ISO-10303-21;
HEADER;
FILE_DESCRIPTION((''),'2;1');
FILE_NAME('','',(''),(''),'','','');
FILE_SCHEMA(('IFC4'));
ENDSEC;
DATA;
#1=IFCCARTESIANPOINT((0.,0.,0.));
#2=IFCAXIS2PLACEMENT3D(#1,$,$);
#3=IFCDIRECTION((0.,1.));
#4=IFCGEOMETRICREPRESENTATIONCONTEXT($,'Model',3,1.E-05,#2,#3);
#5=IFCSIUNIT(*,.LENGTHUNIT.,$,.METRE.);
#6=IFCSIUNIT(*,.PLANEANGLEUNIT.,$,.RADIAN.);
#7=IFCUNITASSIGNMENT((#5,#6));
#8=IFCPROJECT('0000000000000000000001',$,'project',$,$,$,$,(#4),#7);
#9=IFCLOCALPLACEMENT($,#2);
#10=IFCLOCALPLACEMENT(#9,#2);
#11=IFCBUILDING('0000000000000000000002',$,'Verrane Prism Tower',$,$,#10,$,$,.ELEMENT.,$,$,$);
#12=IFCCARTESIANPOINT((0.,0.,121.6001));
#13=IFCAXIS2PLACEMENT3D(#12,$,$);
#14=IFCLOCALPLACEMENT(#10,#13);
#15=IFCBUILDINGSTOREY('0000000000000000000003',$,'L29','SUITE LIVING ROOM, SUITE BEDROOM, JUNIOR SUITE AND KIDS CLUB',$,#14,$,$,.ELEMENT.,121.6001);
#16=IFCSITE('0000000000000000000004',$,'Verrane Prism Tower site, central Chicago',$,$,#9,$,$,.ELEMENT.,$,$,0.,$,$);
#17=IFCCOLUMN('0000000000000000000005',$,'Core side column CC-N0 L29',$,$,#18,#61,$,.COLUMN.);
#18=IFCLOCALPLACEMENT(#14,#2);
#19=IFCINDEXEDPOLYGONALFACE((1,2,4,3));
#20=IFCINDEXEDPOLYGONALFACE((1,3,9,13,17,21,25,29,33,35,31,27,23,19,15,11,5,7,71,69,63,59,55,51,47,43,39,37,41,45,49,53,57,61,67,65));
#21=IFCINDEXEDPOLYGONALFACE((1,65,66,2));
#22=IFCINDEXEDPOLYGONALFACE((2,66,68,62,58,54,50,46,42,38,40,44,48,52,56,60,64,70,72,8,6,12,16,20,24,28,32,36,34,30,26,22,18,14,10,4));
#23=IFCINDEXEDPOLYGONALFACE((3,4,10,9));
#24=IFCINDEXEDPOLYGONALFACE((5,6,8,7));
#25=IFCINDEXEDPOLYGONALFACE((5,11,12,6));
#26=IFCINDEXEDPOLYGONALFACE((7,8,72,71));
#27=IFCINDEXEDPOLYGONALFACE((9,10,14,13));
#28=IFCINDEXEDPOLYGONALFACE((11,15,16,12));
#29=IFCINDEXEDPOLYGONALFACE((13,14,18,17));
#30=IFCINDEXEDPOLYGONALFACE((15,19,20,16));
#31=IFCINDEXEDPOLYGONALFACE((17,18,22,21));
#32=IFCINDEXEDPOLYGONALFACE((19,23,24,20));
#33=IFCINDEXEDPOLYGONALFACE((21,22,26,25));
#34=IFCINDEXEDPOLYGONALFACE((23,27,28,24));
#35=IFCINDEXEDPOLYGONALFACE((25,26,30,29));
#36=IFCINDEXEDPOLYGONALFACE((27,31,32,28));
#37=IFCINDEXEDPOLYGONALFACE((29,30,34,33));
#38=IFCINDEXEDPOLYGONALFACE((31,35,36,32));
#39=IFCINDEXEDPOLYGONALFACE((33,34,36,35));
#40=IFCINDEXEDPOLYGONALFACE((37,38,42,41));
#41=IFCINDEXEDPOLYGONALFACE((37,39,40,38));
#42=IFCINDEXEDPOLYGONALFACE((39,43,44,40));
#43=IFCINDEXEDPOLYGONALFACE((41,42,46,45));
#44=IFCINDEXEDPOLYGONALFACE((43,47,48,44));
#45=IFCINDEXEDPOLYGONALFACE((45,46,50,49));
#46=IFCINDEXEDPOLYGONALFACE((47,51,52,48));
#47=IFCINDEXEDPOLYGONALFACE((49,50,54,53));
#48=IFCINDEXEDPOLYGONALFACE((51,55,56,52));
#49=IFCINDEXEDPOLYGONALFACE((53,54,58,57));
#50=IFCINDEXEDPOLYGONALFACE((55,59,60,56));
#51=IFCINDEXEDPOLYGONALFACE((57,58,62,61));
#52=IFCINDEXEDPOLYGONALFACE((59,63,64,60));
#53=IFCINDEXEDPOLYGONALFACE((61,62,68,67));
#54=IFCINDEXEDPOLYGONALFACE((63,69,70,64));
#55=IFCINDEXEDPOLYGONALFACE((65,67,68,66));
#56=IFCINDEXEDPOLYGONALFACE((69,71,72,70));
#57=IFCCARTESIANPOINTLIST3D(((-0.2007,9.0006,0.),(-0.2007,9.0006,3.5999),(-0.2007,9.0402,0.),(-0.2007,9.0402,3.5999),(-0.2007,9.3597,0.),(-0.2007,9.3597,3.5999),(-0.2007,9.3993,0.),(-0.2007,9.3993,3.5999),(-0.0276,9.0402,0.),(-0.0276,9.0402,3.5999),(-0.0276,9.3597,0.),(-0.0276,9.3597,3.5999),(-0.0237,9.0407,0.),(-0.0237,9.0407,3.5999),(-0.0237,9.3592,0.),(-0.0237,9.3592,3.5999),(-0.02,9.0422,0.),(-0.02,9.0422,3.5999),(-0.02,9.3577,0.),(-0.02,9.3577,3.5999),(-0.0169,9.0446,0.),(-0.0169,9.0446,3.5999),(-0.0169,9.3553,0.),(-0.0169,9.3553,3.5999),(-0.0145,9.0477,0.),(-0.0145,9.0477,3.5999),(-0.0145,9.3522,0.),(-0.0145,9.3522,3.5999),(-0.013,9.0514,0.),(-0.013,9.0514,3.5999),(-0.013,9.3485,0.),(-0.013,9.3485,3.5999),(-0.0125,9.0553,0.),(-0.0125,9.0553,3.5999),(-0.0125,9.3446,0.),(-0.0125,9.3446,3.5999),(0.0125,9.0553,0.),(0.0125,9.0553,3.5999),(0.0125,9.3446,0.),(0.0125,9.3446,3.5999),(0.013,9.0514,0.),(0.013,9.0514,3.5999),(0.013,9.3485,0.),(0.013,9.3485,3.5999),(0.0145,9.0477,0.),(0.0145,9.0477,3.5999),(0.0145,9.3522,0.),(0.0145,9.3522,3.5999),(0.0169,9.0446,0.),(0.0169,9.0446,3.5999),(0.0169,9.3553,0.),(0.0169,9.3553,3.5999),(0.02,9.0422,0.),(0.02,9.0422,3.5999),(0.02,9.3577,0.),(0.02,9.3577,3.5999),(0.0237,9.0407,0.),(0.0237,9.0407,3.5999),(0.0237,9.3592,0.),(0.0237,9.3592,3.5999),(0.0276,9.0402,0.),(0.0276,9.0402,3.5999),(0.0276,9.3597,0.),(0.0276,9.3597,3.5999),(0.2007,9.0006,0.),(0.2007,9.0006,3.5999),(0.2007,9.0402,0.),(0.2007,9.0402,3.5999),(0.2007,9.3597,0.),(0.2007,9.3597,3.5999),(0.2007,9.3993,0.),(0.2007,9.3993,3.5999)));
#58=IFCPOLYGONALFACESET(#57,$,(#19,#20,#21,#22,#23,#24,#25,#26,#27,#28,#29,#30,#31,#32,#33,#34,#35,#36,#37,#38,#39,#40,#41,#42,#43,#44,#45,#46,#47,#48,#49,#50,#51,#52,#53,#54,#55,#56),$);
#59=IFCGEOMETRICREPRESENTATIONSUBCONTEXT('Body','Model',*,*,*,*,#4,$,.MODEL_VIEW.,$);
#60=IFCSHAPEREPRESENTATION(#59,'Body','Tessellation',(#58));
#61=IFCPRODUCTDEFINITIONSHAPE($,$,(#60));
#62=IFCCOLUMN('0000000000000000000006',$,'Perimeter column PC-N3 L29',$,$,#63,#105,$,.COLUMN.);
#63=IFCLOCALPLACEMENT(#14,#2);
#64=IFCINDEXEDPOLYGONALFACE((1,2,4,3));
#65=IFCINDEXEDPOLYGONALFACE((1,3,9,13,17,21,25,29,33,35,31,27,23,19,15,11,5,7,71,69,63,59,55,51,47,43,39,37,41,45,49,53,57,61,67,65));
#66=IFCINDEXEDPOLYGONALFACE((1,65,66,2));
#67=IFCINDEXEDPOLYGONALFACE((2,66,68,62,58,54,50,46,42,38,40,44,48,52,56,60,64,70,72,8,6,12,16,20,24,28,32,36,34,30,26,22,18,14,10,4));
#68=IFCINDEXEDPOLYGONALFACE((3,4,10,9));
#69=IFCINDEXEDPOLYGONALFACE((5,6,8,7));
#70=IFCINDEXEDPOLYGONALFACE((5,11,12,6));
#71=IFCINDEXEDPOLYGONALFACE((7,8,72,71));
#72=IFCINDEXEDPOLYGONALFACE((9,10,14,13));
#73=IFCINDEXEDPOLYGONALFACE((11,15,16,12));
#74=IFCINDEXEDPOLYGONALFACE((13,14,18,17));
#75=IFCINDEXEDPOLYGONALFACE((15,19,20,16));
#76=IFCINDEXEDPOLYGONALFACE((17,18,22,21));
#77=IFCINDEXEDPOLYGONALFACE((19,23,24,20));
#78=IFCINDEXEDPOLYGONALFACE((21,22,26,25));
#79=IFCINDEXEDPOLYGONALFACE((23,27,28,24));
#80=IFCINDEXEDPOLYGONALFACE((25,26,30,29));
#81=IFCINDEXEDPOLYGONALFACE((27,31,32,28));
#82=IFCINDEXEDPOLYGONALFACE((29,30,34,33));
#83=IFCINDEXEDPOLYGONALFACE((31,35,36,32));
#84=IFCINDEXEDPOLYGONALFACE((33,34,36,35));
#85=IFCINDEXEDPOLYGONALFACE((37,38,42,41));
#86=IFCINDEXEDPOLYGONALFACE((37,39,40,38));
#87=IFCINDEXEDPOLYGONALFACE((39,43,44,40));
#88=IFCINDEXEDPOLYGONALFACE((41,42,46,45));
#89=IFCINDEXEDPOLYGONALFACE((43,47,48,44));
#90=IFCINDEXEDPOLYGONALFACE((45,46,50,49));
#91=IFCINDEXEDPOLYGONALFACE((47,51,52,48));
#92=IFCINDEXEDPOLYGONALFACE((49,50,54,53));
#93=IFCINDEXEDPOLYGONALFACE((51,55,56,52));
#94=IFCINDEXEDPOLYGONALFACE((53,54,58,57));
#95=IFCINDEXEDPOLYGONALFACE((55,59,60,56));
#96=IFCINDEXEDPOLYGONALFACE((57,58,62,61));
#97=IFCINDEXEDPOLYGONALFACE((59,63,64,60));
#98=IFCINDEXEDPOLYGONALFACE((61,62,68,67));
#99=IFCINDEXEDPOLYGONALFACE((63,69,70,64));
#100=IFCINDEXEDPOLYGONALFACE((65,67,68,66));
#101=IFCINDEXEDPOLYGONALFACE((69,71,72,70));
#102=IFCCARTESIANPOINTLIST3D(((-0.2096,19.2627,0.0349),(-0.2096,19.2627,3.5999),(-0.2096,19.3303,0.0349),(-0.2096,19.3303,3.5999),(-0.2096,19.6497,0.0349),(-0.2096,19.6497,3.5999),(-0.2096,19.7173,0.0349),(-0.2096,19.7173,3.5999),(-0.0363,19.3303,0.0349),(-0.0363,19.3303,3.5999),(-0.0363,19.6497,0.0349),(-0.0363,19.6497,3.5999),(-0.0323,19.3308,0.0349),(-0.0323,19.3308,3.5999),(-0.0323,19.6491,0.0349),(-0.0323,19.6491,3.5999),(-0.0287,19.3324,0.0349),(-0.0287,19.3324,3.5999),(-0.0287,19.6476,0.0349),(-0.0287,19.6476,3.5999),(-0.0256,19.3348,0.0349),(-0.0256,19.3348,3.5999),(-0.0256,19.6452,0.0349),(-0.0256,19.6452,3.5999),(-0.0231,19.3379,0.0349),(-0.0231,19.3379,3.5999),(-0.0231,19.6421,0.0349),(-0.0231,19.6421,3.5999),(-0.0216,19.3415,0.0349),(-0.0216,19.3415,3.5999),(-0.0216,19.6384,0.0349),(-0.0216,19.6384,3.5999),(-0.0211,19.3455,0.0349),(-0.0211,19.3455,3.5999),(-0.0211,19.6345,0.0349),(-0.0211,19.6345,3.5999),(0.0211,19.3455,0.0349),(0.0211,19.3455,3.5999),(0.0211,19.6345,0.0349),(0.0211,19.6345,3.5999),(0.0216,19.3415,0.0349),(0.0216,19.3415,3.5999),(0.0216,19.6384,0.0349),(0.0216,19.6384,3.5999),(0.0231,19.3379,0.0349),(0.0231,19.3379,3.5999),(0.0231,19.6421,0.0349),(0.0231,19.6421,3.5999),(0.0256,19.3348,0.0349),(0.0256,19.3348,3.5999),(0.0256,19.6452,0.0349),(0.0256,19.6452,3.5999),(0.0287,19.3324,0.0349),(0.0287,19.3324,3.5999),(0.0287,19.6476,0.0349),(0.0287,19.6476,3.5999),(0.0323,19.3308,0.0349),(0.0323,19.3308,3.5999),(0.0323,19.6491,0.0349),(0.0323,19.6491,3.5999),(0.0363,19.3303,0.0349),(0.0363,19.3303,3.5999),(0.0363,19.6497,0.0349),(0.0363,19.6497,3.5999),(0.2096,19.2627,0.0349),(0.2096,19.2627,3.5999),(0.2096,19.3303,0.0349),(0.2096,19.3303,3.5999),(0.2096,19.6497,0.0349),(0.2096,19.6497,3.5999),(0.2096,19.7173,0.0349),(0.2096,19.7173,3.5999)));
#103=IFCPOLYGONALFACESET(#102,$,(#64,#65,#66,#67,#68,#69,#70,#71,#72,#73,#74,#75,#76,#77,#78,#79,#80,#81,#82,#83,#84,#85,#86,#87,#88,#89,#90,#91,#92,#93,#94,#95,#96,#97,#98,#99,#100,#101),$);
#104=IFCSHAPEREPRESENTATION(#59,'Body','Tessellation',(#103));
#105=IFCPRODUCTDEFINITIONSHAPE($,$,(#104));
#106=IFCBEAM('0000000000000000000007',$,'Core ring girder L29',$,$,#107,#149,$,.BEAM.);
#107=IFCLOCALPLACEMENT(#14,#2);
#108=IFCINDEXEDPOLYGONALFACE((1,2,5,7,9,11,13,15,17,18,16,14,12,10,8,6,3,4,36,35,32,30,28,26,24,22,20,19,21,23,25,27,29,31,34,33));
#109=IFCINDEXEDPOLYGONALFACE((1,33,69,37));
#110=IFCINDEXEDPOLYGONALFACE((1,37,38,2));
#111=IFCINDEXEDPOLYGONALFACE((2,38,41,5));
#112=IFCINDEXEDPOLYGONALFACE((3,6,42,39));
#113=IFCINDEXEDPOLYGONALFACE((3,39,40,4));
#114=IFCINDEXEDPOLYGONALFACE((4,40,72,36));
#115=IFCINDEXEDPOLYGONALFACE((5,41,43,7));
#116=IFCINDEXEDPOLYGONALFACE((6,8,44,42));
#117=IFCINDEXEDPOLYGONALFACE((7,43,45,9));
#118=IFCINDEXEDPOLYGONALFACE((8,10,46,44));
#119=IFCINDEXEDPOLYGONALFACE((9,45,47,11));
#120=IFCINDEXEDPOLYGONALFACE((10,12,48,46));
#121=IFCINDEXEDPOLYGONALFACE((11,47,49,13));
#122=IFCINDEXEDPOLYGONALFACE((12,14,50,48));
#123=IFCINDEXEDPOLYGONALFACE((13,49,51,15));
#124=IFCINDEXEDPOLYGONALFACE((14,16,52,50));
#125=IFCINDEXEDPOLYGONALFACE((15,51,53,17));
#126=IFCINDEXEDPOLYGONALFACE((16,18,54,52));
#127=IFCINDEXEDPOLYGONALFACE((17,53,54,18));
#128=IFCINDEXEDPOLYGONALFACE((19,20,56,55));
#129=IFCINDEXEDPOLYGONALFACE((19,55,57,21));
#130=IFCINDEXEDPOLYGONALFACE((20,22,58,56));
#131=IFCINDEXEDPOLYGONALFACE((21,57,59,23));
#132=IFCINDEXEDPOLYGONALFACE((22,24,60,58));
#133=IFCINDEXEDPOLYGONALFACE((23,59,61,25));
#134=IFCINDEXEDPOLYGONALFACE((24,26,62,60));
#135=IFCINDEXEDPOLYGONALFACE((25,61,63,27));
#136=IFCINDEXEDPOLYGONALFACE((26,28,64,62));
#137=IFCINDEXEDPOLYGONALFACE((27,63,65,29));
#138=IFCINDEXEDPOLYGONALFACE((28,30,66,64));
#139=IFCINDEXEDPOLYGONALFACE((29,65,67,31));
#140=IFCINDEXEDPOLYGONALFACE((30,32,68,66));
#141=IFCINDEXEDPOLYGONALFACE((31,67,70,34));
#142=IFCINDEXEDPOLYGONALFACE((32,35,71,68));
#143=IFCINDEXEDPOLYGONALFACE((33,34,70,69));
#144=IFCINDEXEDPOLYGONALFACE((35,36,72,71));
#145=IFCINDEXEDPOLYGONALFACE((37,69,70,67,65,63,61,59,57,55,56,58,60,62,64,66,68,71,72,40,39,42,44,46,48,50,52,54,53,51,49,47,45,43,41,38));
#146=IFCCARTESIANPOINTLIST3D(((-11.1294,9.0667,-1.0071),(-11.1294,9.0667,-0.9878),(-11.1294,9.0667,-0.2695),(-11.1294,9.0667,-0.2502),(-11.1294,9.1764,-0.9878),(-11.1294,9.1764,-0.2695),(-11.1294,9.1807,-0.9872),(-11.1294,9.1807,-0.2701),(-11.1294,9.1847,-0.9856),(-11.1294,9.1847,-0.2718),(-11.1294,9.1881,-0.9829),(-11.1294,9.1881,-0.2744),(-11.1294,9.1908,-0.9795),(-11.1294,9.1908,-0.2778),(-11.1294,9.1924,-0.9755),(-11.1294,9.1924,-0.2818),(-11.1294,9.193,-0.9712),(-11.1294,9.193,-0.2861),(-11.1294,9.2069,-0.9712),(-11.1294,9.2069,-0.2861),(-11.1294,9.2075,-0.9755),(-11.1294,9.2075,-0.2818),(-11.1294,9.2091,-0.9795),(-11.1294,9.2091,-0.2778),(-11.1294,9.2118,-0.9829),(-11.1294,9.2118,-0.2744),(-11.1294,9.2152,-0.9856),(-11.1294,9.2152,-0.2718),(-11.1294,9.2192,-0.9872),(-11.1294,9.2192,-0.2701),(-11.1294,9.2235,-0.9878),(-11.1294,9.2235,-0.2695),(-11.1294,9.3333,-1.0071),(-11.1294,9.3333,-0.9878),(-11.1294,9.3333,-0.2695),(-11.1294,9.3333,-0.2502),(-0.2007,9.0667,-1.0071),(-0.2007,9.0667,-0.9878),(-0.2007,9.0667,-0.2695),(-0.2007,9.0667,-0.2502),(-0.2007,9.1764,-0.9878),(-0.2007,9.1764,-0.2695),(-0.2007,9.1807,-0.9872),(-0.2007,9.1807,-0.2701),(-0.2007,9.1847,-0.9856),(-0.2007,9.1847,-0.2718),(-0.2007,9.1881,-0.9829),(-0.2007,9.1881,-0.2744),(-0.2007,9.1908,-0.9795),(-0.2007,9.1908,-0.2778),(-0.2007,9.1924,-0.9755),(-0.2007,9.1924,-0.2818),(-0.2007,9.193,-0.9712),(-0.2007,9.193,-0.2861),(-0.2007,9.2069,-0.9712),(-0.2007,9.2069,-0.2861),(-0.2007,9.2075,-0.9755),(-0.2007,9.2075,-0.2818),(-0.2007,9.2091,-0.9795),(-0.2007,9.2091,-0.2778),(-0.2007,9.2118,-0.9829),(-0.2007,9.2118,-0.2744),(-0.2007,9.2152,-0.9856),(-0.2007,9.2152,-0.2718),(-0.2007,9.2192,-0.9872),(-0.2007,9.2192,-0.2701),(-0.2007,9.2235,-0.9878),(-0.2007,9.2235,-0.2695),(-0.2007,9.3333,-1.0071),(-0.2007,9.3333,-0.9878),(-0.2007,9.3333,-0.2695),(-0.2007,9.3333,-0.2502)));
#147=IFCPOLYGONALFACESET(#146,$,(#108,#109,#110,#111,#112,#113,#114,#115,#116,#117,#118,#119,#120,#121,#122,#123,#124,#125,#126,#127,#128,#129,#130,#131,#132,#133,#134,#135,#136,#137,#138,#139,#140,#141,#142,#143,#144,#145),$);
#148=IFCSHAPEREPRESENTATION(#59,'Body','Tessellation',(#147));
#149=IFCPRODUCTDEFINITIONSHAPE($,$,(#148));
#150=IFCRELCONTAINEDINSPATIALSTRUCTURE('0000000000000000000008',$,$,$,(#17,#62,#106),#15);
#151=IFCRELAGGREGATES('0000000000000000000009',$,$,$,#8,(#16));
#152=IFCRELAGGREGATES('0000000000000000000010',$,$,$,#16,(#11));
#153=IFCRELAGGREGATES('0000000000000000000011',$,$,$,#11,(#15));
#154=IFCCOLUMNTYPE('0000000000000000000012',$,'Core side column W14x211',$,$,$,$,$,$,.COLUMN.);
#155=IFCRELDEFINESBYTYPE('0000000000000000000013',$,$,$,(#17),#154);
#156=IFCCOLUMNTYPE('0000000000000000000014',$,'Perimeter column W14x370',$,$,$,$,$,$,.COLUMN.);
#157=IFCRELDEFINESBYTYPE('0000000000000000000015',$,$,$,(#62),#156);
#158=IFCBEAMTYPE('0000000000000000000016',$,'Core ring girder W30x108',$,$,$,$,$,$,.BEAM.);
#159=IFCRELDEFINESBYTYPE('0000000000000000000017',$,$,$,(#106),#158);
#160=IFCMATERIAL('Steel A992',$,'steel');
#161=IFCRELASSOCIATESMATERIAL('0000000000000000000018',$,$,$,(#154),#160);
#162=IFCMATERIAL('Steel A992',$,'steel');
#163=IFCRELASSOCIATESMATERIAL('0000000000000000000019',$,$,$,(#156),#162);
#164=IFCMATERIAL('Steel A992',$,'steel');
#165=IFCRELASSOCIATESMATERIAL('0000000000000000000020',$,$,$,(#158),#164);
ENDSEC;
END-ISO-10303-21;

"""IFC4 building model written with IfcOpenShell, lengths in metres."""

from ifc_helpers import new_model, si_unit, direction, frame, origin, origin_2d, place, context, subcontext, project, spatial, i_section, extrude, material, material_profile, profile_set, type_object, element, save


model = new_model("IFC4")

# Units and contexts
model_context = context("Model", 3, precision=1e-05, world=origin(), true_north=direction((0.0, 1.0)))
body_context = subcontext(model_context, "Body", "Model", "MODEL_VIEW")
ifc_project = project(units=[si_unit("LENGTHUNIT", "METRE"), si_unit("PLANEANGLEUNIT", "RADIAN")], contexts=[model_context])

# Site, building, storey
site_placement = place(None, origin())
site = spatial("IfcSite", under=ifc_project, at=site_placement, Name="Verrane Prism Tower site, central Chicago", CompositionType="ELEMENT", RefElevation=0.0)
building_placement = place(site_placement, origin())
building = spatial("IfcBuilding", under=site, at=building_placement, Name="Verrane Prism Tower", CompositionType="ELEMENT")
storey_placement = place(building_placement, frame((0.0, 0.0, 121.6001)))
storey = spatial("IfcBuildingStorey", under=building, at=storey_placement, Name="L29", Description="SUITE LIVING ROOM, SUITE BEDROOM, JUNIOR SUITE AND KIDS CLUB", CompositionType="ELEMENT", Elevation=121.6001)

# Columns
ifc_material_1 = material(Name="Steel A992", Category="steel")
ifc_material_profile_1 = material_profile(ifc_material_1, i_section(OverallWidth=0.4014, OverallDepth=0.3987, WebThickness=0.0249, FlangeThickness=0.0396, FilletRadius=0.0151, at=origin_2d()), Name="W14x211")
ifc_profile_set_1 = profile_set([ifc_material_profile_1], Name="Steel A992")
column_type_1 = type_object("IfcColumnType", Name="Core side column W14x211", PredefinedType="COLUMN", material=ifc_profile_set_1)
column_1_placement = place(storey_placement, frame((0.0, 9.2, 0.0), z_axis=(0.0, 0.0, 1.0), x_axis=(1.0, 0.0, 0.0)))
element("IfcColumn", 1, at=column_1_placement, inside=storey, type_object=column_type_1, Name="Core side column CC-N0 L29", PredefinedType="COLUMN", context=body_context, shape_type="SweptSolid", body=[
    extrude(i_section(OverallWidth=0.4014, OverallDepth=0.3987, WebThickness=0.0249, FlangeThickness=0.0396, FilletRadius=0.0151, at=origin_2d()), origin(), (0.0, 0.0, 1.0), 3.5999),
])
ifc_material_2 = material(Name="Steel A992", Category="steel")
ifc_material_profile_2 = material_profile(ifc_material_2, i_section(OverallWidth=0.4192, OverallDepth=0.4546, WebThickness=0.0422, FlangeThickness=0.0676, FilletRadius=0.0151, at=origin_2d()), Name="W14x370")
ifc_profile_set_2 = profile_set([ifc_material_profile_2], Name="Steel A992")
column_type_2 = type_object("IfcColumnType", Name="Perimeter column W14x370", PredefinedType="COLUMN", material=ifc_profile_set_2)
column_2_placement = place(storey_placement, frame((0.0, 19.49, 0.0349), z_axis=(0.0, 0.0, 1.0), x_axis=(1.0, 0.0, 0.0)))
element("IfcColumn", 2, at=column_2_placement, inside=storey, type_object=column_type_2, Name="Perimeter column PC-N3 L29", PredefinedType="COLUMN", context=body_context, shape_type="SweptSolid", body=[
    extrude(i_section(OverallWidth=0.4192, OverallDepth=0.4546, WebThickness=0.0422, FlangeThickness=0.0676, FilletRadius=0.0151, at=origin_2d()), origin(), (0.0, 0.0, 1.0), 3.5649),
])

# Beam
ifc_material_3 = material(Name="Steel A992", Category="steel")
ifc_material_profile_3 = material_profile(ifc_material_3, i_section(OverallWidth=0.2666, OverallDepth=0.7568, WebThickness=0.0139, FlangeThickness=0.0193, FilletRadius=0.0166, at=origin_2d()), Name="W30x108")
ifc_profile_set_3 = profile_set([ifc_material_profile_3], Name="Steel A992")
beam_type_1 = type_object("IfcBeamType", Name="Core ring girder W30x108", PredefinedType="BEAM", material=ifc_profile_set_3)
beam_1_placement = place(storey_placement, frame((-0.2007, 9.2, -0.6287), z_axis=(-1.0, 0.0, 0.0), x_axis=(0.0, -1.0, 0.0)))
element("IfcBeam", 3, at=beam_1_placement, inside=storey, type_object=beam_type_1, Name="Core ring girder L29", PredefinedType="BEAM", context=body_context, shape_type="SweptSolid", body=[
    extrude(i_section(OverallWidth=0.2666, OverallDepth=0.7568, WebThickness=0.0139, FlangeThickness=0.0193, FilletRadius=0.0166, at=origin_2d()), origin(), (0.0, 0.0, 1.0), 10.9287),
])

save(model, "model.ifc")
